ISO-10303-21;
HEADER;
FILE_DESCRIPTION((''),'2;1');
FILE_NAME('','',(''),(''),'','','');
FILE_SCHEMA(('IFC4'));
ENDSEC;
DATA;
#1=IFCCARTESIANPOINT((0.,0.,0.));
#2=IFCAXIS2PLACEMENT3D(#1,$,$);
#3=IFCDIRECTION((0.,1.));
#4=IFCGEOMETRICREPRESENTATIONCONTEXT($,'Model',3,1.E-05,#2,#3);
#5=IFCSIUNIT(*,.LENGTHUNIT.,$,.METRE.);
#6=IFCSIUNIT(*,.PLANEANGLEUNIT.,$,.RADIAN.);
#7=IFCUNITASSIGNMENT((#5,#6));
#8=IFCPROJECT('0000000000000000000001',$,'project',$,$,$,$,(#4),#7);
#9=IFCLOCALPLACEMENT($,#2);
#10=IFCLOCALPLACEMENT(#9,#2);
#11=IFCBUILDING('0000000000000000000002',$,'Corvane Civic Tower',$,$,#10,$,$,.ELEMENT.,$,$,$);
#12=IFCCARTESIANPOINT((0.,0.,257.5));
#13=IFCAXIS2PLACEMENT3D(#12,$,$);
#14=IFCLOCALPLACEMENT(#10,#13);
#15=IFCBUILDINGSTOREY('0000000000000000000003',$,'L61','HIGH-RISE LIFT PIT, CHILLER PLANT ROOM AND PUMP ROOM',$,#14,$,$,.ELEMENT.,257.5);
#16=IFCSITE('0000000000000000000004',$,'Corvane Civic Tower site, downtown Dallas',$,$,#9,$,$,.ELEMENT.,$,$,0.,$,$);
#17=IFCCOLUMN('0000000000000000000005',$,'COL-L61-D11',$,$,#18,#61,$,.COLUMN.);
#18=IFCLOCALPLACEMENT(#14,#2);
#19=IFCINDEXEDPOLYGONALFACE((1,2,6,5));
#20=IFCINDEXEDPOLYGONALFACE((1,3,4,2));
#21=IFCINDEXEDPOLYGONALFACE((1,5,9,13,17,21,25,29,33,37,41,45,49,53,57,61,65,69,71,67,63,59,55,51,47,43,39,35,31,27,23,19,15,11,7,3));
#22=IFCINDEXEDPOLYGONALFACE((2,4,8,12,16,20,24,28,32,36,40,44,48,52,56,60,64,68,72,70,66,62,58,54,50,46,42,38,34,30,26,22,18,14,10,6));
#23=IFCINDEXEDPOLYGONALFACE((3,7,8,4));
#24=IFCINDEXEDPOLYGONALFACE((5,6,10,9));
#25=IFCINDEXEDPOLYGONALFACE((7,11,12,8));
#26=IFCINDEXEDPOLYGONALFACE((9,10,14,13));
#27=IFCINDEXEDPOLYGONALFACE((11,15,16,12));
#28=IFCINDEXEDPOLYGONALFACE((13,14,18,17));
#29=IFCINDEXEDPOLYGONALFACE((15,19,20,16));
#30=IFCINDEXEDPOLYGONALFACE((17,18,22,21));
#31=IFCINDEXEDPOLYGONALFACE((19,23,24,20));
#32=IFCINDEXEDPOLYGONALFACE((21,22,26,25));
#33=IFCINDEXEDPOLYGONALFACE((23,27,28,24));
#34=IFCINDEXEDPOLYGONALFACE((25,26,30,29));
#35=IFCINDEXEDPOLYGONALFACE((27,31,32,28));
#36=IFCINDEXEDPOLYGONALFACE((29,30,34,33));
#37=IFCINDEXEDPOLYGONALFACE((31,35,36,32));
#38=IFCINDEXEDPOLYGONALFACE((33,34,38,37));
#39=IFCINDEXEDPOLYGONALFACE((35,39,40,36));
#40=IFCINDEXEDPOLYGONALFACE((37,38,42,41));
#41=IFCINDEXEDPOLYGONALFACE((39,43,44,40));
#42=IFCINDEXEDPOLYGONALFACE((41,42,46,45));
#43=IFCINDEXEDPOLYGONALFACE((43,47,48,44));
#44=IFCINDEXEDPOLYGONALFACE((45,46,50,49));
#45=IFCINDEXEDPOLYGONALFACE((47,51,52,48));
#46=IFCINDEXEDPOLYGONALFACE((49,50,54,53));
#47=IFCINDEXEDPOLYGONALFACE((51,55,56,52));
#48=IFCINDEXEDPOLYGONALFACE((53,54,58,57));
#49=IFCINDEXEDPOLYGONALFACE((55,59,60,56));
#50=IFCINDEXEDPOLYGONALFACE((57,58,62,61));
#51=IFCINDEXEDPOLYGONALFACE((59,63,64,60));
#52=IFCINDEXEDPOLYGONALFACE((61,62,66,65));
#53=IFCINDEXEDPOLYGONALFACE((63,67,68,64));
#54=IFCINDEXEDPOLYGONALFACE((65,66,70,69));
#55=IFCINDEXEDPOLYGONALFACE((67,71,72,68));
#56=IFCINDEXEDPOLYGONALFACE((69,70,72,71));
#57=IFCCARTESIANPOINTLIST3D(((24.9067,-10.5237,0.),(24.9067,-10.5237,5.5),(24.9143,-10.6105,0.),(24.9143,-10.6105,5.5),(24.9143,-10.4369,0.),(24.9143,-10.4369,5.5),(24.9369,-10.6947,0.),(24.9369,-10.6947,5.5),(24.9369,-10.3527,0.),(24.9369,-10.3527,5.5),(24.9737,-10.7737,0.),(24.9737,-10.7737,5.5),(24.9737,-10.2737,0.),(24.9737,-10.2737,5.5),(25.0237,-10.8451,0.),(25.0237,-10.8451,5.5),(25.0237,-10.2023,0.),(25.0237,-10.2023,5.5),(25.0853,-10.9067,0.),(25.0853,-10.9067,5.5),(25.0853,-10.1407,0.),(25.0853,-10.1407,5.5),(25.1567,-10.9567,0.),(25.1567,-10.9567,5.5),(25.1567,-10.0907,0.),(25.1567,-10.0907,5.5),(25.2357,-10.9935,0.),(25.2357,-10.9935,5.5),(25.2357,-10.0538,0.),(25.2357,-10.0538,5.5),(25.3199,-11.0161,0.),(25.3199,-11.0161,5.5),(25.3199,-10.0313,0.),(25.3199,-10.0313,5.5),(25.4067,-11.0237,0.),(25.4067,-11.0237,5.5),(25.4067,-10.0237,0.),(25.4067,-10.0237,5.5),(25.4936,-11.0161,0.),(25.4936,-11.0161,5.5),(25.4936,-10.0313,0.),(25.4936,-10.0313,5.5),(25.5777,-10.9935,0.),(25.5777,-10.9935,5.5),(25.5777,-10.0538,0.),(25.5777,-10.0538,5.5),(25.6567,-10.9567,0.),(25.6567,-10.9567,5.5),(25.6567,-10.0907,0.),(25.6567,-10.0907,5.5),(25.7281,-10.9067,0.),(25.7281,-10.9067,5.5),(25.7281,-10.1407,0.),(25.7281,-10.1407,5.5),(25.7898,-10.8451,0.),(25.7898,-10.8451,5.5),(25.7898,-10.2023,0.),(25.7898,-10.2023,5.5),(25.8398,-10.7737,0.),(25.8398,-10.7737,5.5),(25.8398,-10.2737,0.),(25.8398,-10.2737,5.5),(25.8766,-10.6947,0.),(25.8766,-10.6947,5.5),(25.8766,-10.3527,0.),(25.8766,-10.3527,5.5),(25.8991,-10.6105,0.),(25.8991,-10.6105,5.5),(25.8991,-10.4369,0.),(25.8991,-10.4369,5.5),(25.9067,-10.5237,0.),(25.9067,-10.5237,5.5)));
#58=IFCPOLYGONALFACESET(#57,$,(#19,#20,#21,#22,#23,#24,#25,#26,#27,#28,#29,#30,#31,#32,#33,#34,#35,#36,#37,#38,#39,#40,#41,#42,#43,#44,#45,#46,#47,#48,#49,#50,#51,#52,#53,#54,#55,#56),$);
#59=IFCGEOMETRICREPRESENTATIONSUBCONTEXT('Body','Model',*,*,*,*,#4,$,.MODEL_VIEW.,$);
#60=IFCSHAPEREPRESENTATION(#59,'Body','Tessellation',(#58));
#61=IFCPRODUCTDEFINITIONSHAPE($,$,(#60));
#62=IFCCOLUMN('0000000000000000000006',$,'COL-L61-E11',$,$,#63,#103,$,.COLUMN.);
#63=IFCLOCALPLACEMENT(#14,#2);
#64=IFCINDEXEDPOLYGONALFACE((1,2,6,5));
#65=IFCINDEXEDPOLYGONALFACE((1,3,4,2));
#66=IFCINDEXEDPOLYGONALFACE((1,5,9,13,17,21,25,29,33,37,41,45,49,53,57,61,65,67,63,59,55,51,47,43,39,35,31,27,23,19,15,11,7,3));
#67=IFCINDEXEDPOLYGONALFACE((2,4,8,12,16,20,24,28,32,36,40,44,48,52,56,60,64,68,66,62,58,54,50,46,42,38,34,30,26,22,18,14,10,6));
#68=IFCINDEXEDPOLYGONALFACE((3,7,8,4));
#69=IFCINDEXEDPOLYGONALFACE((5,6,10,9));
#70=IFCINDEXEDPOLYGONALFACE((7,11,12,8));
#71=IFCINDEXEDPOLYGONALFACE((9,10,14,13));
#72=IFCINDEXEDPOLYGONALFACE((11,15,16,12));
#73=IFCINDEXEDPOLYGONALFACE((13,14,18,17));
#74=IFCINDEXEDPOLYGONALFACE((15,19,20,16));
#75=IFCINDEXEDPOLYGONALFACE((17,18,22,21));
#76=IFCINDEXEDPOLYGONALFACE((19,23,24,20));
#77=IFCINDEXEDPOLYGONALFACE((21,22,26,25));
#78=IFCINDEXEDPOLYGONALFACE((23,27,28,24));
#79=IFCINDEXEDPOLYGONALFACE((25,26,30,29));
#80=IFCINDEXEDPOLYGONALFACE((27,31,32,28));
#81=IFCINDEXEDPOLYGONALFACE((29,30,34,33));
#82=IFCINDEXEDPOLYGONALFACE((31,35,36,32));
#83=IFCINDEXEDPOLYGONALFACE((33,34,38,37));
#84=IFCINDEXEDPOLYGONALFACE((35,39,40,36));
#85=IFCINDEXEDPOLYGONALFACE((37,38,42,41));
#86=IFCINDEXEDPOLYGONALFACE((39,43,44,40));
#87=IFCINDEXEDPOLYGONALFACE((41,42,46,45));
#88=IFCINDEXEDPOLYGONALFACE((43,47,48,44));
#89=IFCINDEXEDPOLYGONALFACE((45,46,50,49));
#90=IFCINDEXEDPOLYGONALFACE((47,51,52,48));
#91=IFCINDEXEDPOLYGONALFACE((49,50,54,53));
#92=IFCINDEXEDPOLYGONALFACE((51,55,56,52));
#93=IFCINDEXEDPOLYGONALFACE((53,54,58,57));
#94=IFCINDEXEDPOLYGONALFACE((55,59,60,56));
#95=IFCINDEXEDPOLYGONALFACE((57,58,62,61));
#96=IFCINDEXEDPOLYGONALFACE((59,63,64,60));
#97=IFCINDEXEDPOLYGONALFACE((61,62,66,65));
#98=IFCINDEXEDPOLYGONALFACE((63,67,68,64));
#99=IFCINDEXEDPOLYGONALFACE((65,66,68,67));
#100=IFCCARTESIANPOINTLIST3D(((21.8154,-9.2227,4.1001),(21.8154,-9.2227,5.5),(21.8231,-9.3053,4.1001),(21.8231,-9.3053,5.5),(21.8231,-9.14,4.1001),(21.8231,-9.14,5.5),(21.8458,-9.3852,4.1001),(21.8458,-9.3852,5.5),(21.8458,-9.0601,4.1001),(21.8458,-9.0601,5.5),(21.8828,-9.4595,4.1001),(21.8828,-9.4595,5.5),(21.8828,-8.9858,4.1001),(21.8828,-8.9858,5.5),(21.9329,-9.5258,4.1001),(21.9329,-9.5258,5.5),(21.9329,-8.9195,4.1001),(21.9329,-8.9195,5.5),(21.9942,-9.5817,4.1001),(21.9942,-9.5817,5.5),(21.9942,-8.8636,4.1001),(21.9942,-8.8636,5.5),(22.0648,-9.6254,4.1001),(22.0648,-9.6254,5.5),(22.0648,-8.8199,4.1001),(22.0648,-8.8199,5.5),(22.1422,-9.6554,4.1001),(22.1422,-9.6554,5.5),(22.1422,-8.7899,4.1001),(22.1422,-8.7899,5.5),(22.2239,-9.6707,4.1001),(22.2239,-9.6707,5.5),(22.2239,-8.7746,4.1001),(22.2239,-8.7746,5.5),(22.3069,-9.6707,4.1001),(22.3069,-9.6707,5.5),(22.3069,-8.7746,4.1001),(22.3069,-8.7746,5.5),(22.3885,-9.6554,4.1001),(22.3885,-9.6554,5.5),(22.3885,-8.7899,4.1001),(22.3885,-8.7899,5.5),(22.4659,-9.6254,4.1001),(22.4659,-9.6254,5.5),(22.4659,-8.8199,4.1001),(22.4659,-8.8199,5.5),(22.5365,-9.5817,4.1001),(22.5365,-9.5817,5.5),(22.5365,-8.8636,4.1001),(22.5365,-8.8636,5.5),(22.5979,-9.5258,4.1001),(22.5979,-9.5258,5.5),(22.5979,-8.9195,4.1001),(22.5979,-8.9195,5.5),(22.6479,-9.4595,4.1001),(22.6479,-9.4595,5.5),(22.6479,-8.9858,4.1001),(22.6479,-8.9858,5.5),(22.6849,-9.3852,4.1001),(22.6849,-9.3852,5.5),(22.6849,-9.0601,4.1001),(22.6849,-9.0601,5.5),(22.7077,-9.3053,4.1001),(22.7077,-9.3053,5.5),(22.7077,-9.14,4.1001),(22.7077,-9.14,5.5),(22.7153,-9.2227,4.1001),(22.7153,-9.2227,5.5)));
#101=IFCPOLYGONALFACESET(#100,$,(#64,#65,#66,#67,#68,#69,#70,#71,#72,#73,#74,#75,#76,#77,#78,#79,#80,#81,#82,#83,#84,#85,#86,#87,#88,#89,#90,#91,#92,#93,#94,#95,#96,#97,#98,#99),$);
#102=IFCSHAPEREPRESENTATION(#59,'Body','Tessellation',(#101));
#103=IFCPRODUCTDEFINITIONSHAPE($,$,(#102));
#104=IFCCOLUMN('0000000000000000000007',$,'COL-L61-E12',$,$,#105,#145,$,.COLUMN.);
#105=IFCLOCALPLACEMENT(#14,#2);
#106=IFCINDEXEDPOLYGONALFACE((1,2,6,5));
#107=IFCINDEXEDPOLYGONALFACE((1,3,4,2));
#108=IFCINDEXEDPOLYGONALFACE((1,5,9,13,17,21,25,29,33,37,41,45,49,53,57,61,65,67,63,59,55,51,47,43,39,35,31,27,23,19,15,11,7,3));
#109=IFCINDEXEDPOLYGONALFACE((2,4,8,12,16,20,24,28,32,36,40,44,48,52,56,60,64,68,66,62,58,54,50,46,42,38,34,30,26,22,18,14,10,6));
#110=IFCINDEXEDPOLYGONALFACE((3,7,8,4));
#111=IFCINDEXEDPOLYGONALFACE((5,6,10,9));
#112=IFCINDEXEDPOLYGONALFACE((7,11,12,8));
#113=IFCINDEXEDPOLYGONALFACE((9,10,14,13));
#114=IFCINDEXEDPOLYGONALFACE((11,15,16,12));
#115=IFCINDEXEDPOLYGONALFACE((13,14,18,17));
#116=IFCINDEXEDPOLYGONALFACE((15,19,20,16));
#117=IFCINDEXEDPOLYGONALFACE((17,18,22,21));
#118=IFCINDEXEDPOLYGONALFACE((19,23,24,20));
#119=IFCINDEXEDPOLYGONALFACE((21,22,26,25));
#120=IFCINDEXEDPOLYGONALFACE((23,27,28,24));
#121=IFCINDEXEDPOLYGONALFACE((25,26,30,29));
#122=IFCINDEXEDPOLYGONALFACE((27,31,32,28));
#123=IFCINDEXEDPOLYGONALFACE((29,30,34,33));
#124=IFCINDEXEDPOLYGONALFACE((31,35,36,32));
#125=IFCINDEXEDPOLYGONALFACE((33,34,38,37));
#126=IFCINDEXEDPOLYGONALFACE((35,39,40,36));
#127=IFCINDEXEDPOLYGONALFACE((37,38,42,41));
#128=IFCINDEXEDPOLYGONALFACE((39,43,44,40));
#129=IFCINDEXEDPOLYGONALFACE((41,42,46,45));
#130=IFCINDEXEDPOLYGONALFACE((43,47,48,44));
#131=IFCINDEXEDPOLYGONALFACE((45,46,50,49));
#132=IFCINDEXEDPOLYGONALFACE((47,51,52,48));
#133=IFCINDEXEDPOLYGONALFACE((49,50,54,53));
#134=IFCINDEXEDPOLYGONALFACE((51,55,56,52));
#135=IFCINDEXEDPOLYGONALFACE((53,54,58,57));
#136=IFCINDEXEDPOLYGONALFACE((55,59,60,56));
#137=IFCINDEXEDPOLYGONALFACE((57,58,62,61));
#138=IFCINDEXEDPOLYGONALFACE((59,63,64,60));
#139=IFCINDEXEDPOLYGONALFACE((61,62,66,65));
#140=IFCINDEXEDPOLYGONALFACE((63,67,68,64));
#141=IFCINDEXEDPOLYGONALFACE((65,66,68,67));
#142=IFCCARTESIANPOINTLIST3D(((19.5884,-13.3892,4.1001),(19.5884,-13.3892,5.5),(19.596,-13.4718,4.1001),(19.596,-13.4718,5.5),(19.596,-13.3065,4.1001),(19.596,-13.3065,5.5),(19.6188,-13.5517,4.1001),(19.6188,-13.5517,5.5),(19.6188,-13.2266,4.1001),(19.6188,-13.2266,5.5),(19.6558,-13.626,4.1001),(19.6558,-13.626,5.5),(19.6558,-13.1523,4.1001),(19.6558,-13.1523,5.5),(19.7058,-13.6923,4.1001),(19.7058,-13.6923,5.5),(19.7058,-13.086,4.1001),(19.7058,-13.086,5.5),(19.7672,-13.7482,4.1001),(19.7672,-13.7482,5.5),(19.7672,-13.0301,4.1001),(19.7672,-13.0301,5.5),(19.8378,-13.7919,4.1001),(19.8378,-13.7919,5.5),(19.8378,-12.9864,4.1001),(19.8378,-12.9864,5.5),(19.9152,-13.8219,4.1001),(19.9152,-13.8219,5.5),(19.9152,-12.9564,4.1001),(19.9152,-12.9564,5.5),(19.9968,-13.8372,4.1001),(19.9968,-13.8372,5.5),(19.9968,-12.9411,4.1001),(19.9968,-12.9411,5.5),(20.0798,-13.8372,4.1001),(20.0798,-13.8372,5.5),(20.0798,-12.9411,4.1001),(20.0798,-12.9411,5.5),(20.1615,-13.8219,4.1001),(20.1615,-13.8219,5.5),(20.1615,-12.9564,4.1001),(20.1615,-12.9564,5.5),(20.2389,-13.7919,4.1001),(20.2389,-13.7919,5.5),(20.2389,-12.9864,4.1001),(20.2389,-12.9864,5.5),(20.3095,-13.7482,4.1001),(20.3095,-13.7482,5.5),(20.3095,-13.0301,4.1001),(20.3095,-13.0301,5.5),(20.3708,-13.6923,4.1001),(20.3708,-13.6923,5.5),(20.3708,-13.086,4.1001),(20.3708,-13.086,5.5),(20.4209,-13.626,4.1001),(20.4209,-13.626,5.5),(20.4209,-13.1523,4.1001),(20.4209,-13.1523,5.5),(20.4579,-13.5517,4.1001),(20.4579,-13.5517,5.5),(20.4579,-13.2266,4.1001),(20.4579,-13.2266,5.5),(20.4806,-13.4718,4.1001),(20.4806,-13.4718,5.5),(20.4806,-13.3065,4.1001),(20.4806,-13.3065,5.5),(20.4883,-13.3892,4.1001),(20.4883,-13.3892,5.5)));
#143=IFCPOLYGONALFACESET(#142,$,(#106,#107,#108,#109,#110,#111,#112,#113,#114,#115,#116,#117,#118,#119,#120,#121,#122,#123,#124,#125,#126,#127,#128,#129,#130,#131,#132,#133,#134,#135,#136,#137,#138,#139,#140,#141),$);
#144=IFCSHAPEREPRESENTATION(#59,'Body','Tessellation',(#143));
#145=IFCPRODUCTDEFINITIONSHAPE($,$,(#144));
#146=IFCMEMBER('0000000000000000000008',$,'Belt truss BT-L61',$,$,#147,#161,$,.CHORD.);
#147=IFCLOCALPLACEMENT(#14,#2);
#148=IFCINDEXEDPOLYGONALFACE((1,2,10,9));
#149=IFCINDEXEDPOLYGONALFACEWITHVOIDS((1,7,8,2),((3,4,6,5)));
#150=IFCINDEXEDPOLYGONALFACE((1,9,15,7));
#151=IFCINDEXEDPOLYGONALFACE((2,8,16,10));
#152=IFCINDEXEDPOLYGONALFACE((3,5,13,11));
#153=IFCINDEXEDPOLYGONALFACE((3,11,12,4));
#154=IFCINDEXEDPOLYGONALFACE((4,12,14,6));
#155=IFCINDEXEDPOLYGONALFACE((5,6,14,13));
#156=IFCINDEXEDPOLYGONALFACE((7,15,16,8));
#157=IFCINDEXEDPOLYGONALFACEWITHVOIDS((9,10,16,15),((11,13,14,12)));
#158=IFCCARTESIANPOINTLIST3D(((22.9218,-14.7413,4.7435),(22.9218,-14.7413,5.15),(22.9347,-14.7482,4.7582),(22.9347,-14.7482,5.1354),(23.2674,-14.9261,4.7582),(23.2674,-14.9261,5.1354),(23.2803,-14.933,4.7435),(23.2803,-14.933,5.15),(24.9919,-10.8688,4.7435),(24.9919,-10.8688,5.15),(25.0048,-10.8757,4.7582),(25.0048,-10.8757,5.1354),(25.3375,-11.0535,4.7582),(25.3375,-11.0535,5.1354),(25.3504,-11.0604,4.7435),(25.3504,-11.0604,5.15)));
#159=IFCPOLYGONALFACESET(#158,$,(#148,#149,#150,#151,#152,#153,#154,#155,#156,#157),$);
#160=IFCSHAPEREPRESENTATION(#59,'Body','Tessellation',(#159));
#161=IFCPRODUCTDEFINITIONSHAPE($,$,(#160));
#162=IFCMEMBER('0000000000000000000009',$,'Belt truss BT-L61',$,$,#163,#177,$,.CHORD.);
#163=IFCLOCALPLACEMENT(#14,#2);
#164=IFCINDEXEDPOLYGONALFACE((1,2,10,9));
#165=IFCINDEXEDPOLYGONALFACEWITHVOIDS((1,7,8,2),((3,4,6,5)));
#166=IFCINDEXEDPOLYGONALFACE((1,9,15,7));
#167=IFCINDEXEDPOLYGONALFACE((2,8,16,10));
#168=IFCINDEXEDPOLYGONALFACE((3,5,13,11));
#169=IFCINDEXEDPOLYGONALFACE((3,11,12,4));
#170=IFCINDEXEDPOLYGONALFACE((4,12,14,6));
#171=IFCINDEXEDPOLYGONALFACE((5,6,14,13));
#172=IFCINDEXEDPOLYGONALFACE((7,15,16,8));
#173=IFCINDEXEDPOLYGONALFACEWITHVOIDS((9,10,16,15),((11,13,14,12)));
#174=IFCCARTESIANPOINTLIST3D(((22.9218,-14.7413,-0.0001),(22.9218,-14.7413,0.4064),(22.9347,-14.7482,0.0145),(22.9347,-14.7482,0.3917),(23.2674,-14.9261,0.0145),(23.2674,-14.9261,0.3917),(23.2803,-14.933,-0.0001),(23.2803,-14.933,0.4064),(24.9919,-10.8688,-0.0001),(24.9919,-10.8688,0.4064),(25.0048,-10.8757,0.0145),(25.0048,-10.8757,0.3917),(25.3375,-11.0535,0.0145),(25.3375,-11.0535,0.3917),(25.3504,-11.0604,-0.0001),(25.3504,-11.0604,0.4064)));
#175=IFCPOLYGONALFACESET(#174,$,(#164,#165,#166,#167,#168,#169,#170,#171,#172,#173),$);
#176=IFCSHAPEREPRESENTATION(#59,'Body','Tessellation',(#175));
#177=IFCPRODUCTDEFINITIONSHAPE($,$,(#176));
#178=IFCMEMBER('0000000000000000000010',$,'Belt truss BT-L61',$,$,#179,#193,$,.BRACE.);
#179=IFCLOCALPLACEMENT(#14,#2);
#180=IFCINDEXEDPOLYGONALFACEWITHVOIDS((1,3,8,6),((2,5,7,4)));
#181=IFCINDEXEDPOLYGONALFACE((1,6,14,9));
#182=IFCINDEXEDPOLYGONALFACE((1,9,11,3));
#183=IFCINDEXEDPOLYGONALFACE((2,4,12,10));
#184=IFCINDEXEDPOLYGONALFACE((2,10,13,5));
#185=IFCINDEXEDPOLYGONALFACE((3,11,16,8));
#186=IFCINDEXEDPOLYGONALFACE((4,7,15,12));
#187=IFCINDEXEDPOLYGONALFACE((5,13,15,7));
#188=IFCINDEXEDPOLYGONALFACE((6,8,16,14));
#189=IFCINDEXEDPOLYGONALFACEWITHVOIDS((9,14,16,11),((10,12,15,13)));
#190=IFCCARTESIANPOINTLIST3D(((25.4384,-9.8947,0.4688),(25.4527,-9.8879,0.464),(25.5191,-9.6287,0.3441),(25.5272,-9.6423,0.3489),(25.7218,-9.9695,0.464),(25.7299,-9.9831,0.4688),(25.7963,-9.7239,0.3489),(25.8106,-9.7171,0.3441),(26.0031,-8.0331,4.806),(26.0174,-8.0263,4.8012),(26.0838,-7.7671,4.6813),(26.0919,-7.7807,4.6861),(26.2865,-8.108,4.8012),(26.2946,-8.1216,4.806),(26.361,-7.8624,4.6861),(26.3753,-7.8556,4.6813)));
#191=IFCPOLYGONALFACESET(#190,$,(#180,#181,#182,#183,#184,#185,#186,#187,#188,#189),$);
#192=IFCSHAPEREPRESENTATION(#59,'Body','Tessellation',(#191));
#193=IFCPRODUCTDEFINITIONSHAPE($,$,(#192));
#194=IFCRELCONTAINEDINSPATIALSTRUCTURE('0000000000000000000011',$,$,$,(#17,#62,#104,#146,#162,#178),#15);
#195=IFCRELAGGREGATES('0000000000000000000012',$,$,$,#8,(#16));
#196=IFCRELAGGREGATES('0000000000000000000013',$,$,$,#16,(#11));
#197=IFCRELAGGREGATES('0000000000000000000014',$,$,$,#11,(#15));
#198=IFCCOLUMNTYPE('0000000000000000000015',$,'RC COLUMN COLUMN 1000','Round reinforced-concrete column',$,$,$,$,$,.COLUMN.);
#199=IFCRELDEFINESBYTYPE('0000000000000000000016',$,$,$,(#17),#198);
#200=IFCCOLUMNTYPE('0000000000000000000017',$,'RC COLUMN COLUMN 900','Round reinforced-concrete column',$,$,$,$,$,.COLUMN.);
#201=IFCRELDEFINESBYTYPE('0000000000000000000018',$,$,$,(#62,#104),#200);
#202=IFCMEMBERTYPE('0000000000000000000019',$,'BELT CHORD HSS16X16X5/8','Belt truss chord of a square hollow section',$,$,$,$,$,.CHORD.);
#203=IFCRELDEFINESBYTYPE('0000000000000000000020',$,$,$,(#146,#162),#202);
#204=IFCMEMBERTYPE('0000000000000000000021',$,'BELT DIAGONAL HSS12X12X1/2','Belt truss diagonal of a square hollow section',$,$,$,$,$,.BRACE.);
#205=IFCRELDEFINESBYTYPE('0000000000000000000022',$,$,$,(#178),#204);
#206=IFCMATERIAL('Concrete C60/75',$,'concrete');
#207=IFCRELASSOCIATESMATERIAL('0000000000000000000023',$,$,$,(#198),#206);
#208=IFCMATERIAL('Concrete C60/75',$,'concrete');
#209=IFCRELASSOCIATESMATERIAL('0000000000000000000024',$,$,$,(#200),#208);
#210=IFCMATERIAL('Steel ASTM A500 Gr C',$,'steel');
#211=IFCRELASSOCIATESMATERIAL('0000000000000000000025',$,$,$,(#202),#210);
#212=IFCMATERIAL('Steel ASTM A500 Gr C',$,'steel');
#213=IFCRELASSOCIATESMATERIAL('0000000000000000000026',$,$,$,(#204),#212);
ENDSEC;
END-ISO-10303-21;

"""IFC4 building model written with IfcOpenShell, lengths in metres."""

from ifc_helpers import new_model, si_unit, direction, frame, origin, origin_2d, place, context, subcontext, project, spatial, hollow_rectangle, circle, extrude, material, material_profile, profile_set, type_object, element, save


model = new_model("IFC4")

# Units and contexts
model_context = context("Model", 3, precision=1e-05, world=origin(), true_north=direction((0.0, 1.0)))
body_context = subcontext(model_context, "Body", "Model", "MODEL_VIEW")
ifc_project = project(units=[si_unit("LENGTHUNIT", "METRE"), si_unit("PLANEANGLEUNIT", "RADIAN")], contexts=[model_context])

# Site, building, storey
site_placement = place(None, origin())
site = spatial("IfcSite", under=ifc_project, at=site_placement, Name="Corvane Civic Tower site, downtown Dallas", CompositionType="ELEMENT", RefElevation=0.0)
building_placement = place(site_placement, origin())
building = spatial("IfcBuilding", under=site, at=building_placement, Name="Corvane Civic Tower", CompositionType="ELEMENT")
storey_placement = place(building_placement, frame((0.0, 0.0, 257.5)))
storey = spatial("IfcBuildingStorey", under=building, at=storey_placement, Name="L61", Description="HIGH-RISE LIFT PIT, CHILLER PLANT ROOM AND PUMP ROOM", CompositionType="ELEMENT", Elevation=257.5)

# Columns
ifc_material_1 = material(Name="Concrete C60/75", Category="concrete")
ifc_material_profile_1 = material_profile(ifc_material_1, circle(Radius=0.5, at=origin_2d()), Name="COLUMN 1000")
ifc_profile_set_1 = profile_set([ifc_material_profile_1], Name="Concrete C60/75")
column_type_1 = type_object("IfcColumnType", Name="RC COLUMN COLUMN 1000", Description="Round reinforced-concrete column", PredefinedType="COLUMN", material=ifc_profile_set_1)
column_placement = place(storey_placement, frame((25.4067, -10.5237, 0.0), z_axis=(0.0, 0.0, 1.0), x_axis=(1.0, 0.0, 0.0)))
element("IfcColumn", 1, at=column_placement, inside=storey, type_object=column_type_1, Name="COL-L61-D11", PredefinedType="COLUMN", context=body_context, shape_type="SweptSolid", body=[
    extrude(circle(Radius=0.5, at=origin_2d()), origin(), (0.0, 0.0, 1.0), 5.5),
])
ifc_material_2 = material(Name="Concrete C60/75", Category="concrete")
ifc_material_profile_2 = material_profile(ifc_material_2, circle(Radius=0.45, at=origin_2d()), Name="COLUMN 900")
ifc_profile_set_2 = profile_set([ifc_material_profile_2], Name="Concrete C60/75")
column_type_2 = type_object("IfcColumnType", Name="RC COLUMN COLUMN 900", Description="Round reinforced-concrete column", PredefinedType="COLUMN", material=ifc_profile_set_2)
for number, where, z_axis, x_axis, name in (
    (2, (22.2654, -9.2227, 4.1001), (0.0, 0.0, 1.0), (1.0, 0.0, 0.0), "COL-L61-E11"),
    (3, (20.0383, -13.3892, 4.1001), (0.0, 0.0, 1.0), (1.0, 0.0, 0.0), "COL-L61-E12"),
):
    element("IfcColumn", number, at=place(storey_placement, frame(where, z_axis=z_axis, x_axis=x_axis)), inside=storey, type_object=column_type_2, Name=name, PredefinedType="COLUMN", context=body_context, shape_type="SweptSolid", body=[
        extrude(circle(Radius=0.45, at=origin_2d()), origin(), (0.0, 0.0, 1.0), 1.3999),
    ])

# Members
ifc_material_3 = material(Name="Steel ASTM A500 Gr C", Category="steel")
ifc_material_profile_3 = material_profile(ifc_material_3, hollow_rectangle(XDim=0.4065, YDim=0.4065, WallThickness=0.0146, at=origin_2d()), Name="HSS16X16X5/8")
ifc_profile_set_3 = profile_set([ifc_material_profile_3], Name="Steel ASTM A500 Gr C")
member_type_1 = type_object("IfcMemberType", Name="BELT CHORD HSS16X16X5/8", Description="Belt truss chord of a square hollow section", PredefinedType="CHORD", material=ifc_profile_set_3)
for number, where, z_axis, x_axis, name in (
    (4, (25.1711, -10.9646, 4.9468), (-0.471422, -0.881908, 0.0), (0.881908, -0.471422, 0.0), "Belt truss BT-L61"),
    (5, (25.1711, -10.9646, 0.2031), (-0.471422, -0.881908, 0.0), (0.881908, -0.471422, 0.0), "Belt truss BT-L61"),
):
    element("IfcMember", number, at=place(storey_placement, frame(where, z_axis=z_axis, x_axis=x_axis)), inside=storey, type_object=member_type_1, Name=name, PredefinedType="CHORD", context=body_context, shape_type="SweptSolid", body=[
        extrude(hollow_rectangle(XDim=0.4065, YDim=0.4065, WallThickness=0.0146, at=origin_2d()), origin(), (0.0, 0.0, 1.0), 4.3911),
    ])
ifc_material_4 = material(Name="Steel ASTM A500 Gr C", Category="steel")
ifc_material_profile_4 = material_profile(ifc_material_4, hollow_rectangle(XDim=0.3047, YDim=0.3047, WallThickness=0.0117, at=origin_2d()), Name="HSS12X12X1/2")
ifc_profile_set_4 = profile_set([ifc_material_profile_4], Name="Steel ASTM A500 Gr C")
member_type_2 = type_object("IfcMemberType", Name="BELT DIAGONAL HSS12X12X1/2", Description="Belt truss diagonal of a square hollow section", PredefinedType="BRACE", material=ifc_profile_set_4)
for number, where, z_axis, x_axis, name in (
    (6, (25.6245, -9.8059, 0.4065), (0.118797, 0.391626, 0.912423), (-0.956941, 0.290283, 0.0), "Belt truss BT-L61"),
):
    element("IfcMember", number, at=place(storey_placement, frame(where, z_axis=z_axis, x_axis=x_axis)), inside=storey, type_object=member_type_2, Name=name, PredefinedType="BRACE", context=body_context, shape_type="SweptSolid", body=[
        extrude(hollow_rectangle(XDim=0.3047, YDim=0.3047, WallThickness=0.0117, at=origin_2d()), origin(), (0.0, 0.0, 1.0), 4.7534),
    ])

save(model, "model.ifc")
